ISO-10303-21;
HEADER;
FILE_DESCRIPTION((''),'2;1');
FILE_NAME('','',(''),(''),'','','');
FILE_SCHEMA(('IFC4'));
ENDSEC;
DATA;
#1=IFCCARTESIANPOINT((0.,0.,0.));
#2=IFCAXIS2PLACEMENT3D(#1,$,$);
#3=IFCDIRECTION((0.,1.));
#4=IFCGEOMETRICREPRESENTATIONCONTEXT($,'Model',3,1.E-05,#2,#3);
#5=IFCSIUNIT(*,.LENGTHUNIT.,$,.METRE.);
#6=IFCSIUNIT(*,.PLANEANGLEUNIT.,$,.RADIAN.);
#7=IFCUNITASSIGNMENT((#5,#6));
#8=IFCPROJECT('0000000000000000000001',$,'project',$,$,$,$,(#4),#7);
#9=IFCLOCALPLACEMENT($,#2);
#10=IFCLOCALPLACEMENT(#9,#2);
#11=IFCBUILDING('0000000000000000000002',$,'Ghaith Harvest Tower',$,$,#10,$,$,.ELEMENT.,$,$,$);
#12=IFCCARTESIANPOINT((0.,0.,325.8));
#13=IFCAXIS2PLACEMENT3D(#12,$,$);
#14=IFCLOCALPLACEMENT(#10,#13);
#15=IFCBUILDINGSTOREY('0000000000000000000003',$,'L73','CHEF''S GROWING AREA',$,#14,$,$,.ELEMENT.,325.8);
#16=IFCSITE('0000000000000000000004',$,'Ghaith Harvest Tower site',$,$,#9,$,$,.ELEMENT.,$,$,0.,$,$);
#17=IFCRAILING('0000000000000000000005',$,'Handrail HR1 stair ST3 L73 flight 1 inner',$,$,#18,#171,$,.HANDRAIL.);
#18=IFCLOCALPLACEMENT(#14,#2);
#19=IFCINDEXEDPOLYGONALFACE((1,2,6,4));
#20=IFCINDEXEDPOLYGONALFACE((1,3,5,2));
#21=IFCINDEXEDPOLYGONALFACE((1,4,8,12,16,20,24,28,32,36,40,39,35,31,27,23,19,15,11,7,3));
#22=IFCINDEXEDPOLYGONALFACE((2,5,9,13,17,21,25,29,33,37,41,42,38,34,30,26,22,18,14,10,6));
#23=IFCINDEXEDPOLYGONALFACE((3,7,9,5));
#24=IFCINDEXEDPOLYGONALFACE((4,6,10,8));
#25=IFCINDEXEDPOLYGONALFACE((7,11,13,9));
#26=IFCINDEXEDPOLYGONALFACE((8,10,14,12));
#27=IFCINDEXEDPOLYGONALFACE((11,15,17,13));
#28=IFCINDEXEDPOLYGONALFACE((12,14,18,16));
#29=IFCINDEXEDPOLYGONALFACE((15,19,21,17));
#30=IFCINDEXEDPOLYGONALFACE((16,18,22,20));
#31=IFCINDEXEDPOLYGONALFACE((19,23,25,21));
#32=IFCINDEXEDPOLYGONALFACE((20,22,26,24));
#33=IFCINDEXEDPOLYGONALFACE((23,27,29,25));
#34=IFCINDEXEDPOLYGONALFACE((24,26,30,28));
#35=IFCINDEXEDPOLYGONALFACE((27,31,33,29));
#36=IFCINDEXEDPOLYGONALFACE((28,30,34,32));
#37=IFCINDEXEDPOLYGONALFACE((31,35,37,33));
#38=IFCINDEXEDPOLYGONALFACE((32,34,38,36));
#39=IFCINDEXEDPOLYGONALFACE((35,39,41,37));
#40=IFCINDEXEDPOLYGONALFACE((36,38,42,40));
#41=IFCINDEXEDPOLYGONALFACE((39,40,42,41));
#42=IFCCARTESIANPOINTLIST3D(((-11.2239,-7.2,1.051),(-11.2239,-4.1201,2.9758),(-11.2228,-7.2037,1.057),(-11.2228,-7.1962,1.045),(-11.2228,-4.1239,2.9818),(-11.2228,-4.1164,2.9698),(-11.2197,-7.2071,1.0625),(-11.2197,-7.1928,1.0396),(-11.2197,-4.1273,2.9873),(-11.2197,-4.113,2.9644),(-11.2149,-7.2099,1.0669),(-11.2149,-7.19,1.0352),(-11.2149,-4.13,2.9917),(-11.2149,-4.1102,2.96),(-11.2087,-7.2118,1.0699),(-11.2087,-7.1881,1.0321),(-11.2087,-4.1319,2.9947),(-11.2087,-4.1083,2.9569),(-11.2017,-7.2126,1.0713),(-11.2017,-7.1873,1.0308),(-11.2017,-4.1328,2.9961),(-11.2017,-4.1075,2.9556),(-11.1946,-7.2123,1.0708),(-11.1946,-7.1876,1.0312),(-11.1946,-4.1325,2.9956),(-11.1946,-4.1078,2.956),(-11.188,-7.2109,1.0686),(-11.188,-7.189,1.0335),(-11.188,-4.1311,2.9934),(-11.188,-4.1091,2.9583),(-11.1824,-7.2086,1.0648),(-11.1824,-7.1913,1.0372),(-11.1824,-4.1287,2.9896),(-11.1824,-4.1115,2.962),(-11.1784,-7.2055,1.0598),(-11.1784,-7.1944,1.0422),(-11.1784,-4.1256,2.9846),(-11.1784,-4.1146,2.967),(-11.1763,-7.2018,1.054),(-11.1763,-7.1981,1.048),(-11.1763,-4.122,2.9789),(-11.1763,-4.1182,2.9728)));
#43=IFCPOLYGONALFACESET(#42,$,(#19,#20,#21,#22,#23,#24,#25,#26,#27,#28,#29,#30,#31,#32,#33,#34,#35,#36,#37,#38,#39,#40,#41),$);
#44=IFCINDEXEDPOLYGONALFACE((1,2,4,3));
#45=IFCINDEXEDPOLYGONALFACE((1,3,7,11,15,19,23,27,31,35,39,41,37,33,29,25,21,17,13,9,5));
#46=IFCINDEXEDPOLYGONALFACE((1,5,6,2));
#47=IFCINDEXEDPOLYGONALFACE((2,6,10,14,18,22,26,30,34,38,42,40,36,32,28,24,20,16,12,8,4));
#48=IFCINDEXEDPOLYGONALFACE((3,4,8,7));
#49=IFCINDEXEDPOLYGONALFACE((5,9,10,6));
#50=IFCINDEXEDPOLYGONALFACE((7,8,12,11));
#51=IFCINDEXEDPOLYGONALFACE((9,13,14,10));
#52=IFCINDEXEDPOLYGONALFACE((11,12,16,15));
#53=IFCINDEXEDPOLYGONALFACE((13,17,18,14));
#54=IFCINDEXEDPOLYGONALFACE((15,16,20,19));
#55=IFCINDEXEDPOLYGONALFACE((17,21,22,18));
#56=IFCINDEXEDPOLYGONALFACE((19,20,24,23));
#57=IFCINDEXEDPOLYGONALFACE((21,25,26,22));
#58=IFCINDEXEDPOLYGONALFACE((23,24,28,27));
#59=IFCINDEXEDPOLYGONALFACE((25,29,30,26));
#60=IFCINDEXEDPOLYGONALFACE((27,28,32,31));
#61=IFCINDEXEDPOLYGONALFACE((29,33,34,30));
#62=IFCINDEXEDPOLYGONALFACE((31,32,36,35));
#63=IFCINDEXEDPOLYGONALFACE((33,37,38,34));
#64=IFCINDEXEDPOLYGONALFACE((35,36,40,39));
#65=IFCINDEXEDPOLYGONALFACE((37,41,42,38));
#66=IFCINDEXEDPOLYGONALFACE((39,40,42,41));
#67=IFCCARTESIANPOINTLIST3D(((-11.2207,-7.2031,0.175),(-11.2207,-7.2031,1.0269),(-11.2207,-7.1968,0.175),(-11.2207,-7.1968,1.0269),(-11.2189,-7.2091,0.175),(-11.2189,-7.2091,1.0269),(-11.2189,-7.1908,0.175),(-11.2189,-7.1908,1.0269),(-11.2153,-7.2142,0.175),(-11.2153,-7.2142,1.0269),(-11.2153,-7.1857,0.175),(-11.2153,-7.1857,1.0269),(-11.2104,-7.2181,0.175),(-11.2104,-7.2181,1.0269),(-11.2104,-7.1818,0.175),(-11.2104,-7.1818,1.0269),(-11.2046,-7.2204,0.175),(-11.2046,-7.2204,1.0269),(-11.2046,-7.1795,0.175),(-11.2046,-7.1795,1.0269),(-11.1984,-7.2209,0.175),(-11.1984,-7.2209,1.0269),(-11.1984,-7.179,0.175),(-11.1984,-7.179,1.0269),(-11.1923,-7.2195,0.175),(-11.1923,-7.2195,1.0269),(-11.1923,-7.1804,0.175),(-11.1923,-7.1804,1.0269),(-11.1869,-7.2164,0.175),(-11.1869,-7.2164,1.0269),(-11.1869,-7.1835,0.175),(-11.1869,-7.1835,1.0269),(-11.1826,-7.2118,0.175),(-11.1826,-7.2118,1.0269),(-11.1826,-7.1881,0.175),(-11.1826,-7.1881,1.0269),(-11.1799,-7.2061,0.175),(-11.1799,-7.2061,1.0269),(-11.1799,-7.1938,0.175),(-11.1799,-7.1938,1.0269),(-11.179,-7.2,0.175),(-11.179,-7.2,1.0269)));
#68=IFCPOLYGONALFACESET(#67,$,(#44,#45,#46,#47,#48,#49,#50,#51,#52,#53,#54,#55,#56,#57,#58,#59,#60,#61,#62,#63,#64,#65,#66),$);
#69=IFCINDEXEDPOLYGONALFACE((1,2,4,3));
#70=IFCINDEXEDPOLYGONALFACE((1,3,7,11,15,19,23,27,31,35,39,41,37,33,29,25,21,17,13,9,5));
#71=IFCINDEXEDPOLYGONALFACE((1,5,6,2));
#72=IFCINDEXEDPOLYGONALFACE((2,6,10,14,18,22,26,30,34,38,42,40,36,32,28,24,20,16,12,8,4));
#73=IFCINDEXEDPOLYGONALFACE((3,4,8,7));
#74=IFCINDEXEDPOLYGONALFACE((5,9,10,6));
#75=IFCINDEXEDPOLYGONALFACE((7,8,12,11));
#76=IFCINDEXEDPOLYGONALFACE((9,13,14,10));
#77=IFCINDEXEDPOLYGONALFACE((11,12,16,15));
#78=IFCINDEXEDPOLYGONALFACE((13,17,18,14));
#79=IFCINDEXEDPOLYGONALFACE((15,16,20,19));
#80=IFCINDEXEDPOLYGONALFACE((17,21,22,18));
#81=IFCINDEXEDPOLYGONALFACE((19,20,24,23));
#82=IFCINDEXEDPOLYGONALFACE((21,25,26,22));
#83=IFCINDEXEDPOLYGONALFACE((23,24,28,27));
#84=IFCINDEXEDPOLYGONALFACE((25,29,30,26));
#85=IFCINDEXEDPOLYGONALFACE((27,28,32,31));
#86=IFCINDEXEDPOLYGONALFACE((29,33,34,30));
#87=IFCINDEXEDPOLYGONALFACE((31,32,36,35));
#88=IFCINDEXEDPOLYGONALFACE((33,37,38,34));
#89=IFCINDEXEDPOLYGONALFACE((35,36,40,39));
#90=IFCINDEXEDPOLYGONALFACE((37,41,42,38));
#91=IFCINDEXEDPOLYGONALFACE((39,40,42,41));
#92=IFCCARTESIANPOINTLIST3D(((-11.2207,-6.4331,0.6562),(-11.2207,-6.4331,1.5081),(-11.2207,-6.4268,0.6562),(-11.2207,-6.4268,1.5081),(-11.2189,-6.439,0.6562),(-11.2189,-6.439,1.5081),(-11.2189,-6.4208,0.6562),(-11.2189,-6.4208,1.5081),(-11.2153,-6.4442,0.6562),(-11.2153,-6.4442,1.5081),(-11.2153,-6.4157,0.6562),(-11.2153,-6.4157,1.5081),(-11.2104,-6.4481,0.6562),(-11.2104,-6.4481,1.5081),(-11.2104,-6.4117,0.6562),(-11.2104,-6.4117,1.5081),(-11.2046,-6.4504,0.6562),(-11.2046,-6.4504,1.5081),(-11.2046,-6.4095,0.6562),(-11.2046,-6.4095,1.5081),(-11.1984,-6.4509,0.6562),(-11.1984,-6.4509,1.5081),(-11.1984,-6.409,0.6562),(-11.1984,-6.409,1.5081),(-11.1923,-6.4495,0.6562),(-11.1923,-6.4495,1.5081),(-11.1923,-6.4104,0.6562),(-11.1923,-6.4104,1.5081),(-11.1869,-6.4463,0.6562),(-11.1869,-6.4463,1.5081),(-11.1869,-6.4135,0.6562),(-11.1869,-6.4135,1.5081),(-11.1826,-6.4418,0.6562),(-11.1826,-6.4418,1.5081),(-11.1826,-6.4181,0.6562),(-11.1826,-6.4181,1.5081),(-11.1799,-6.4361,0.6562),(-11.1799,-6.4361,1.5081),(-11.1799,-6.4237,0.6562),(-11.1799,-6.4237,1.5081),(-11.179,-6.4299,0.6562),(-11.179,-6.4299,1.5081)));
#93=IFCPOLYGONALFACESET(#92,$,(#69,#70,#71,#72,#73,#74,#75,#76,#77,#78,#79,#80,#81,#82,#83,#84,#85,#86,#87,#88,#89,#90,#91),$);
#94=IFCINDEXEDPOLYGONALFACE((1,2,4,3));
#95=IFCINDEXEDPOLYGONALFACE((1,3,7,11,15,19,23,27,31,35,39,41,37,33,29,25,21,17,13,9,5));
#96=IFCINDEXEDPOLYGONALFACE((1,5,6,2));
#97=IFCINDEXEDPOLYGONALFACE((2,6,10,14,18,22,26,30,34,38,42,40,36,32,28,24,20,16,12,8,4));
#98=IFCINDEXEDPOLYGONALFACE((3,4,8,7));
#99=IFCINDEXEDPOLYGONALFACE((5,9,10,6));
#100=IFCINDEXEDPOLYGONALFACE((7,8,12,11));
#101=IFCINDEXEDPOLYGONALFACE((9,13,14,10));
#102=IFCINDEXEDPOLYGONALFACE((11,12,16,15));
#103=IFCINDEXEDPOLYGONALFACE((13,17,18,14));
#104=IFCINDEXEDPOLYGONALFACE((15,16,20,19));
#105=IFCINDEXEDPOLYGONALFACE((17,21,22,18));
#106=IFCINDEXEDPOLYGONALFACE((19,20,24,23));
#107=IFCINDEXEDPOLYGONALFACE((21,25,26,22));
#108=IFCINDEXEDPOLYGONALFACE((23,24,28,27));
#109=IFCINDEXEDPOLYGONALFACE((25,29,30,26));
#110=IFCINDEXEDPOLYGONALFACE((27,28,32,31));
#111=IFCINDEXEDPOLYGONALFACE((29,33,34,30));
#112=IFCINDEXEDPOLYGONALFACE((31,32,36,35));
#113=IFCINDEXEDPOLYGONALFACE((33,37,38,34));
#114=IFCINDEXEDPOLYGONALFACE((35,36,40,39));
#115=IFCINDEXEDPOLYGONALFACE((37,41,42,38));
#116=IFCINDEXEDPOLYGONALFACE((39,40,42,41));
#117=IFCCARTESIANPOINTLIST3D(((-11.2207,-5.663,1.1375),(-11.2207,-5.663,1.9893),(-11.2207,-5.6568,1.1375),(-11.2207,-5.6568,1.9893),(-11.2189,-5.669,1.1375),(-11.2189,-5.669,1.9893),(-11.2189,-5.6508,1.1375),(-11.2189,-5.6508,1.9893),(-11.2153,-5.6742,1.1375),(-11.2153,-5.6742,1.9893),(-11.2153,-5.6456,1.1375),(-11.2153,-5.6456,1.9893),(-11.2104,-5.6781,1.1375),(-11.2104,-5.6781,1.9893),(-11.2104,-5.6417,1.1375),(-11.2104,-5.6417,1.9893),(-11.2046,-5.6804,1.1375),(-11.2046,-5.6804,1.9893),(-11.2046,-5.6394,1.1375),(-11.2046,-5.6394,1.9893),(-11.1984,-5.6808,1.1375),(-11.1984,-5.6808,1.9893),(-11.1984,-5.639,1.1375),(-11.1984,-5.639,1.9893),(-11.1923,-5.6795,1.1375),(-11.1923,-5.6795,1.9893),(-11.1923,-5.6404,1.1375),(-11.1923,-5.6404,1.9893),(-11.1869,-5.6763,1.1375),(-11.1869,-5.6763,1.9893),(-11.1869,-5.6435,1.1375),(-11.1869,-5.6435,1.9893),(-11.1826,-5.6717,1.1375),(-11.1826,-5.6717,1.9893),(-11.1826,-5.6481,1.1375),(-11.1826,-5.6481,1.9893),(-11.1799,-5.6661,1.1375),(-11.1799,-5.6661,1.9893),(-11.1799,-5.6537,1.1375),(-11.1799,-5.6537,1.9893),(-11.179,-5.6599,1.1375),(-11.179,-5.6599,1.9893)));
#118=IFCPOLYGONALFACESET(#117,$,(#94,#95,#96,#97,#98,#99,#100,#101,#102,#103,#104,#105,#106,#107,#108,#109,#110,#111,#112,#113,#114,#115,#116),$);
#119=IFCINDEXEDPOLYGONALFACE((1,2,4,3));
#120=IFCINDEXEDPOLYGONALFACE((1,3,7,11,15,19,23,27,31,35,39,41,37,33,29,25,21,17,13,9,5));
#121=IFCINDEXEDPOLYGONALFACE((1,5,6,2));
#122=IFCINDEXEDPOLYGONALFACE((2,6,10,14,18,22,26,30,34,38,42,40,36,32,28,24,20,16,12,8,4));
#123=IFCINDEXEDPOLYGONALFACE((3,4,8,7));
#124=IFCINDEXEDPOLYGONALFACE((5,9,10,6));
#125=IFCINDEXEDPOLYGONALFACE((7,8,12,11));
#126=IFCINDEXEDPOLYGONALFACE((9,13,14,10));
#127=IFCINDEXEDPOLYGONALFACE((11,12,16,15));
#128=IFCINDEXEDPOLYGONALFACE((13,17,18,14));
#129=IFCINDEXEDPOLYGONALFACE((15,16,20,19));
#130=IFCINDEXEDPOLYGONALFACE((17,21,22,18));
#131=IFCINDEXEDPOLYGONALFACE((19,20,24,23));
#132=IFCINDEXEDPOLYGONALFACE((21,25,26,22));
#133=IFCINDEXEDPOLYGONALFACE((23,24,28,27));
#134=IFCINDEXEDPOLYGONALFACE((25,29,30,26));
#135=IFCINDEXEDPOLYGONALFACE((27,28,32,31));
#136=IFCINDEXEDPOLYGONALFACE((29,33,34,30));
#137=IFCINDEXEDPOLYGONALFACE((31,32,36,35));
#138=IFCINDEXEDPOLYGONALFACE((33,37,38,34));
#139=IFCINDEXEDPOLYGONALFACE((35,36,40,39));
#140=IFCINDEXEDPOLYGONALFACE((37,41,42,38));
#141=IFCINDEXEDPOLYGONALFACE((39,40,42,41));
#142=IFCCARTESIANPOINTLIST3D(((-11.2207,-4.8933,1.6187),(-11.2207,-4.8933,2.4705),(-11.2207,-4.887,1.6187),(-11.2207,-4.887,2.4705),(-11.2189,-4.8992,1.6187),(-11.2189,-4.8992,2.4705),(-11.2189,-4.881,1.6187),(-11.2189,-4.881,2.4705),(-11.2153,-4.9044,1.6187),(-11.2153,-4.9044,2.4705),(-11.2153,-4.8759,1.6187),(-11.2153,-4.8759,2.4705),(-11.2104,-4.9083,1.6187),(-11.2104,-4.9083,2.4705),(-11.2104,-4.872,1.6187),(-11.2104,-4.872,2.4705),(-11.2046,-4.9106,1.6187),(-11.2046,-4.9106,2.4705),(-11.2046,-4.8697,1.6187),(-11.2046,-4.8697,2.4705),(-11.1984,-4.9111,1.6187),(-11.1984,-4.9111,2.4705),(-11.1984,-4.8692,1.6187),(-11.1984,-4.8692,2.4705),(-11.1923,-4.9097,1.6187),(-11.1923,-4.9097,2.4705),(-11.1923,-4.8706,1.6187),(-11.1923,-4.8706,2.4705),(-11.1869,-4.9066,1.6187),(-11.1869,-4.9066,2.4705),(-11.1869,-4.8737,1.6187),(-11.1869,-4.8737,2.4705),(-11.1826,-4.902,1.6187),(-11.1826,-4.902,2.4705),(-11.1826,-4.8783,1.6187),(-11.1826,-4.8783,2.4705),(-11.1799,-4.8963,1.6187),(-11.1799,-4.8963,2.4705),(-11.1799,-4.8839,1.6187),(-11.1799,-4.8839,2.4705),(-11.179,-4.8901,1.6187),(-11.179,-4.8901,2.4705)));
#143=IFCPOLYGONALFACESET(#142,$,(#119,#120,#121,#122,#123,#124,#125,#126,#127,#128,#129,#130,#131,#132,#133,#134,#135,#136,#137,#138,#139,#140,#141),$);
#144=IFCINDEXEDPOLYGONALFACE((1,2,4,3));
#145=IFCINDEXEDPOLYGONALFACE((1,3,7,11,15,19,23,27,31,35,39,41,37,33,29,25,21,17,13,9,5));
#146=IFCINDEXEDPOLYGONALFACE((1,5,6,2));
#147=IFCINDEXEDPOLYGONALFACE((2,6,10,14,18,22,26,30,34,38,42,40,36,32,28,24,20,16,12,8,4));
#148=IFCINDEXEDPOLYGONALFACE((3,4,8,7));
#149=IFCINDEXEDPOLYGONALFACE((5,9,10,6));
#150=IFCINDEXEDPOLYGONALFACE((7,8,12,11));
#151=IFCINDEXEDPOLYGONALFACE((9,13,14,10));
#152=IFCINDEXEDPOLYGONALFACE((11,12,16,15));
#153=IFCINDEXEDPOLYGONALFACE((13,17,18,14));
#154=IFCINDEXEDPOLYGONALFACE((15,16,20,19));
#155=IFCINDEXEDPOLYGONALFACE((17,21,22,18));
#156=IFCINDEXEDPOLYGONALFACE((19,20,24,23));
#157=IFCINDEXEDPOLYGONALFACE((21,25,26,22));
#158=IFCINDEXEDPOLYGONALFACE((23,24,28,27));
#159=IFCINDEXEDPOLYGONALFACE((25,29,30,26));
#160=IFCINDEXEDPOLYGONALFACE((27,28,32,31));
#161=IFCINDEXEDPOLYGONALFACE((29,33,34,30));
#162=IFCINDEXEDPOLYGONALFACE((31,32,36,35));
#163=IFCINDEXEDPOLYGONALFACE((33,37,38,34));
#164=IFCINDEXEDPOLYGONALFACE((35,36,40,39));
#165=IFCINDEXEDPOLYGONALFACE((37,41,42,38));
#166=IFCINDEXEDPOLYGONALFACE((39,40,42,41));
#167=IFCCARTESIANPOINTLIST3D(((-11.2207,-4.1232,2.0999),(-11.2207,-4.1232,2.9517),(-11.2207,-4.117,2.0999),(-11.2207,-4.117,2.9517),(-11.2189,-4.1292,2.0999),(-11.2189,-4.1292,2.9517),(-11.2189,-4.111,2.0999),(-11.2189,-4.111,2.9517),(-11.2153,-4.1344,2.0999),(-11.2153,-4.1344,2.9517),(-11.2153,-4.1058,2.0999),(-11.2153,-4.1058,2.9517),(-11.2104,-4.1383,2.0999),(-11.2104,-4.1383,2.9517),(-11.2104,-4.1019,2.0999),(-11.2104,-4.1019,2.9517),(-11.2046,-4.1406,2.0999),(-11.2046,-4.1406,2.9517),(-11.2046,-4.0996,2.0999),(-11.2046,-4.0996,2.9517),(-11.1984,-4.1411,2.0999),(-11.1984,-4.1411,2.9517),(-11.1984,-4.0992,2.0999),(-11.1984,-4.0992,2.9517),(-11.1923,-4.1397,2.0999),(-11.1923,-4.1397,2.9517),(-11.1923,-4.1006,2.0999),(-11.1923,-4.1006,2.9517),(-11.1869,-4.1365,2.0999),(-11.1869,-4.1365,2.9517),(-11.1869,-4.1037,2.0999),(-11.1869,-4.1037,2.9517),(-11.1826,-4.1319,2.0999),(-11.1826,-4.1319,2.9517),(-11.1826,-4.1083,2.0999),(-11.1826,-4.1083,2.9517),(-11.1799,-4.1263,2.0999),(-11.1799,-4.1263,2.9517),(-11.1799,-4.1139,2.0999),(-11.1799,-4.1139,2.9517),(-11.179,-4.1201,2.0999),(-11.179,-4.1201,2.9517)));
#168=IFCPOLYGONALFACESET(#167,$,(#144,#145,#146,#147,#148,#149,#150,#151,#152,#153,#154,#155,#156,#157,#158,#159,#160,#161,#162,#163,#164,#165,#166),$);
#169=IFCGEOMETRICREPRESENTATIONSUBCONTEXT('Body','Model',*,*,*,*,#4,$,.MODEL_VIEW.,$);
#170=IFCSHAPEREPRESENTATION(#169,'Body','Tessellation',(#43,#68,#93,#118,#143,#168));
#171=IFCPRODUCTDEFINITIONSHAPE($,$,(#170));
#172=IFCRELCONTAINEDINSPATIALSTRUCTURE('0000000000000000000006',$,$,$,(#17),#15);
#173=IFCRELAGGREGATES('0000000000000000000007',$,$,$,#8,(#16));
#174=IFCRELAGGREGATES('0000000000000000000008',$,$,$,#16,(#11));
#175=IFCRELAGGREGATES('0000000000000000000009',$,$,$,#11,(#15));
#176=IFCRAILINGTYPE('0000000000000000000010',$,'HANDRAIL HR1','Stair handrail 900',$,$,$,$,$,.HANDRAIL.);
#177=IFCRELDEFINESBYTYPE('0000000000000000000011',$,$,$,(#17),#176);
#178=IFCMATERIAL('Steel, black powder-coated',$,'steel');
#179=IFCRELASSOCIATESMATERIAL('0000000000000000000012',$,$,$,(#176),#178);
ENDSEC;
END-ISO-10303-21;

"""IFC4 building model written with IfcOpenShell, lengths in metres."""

from ifc_helpers import new_model, si_unit, direction, frame, origin, origin_2d, place, context, subcontext, project, spatial, circle, extrude, material, type_object, element, save


model = new_model("IFC4")

# Units and contexts
model_context = context("Model", 3, precision=1e-05, world=origin(), true_north=direction((0.0, 1.0)))
body_context = subcontext(model_context, "Body", "Model", "MODEL_VIEW")
ifc_project = project(units=[si_unit("LENGTHUNIT", "METRE"), si_unit("PLANEANGLEUNIT", "RADIAN")], contexts=[model_context])

# Site, building, storey
site_placement = place(None, origin())
site = spatial("IfcSite", under=ifc_project, at=site_placement, Name="Ghaith Harvest Tower site", CompositionType="ELEMENT", RefElevation=0.0)
building_placement = place(site_placement, origin())
building = spatial("IfcBuilding", under=site, at=building_placement, Name="Ghaith Harvest Tower", CompositionType="ELEMENT")
storey_placement = place(building_placement, frame((0.0, 0.0, 325.8)))
storey = spatial("IfcBuildingStorey", under=building, at=storey_placement, Name="L73", Description="CHEF'S GROWING AREA", CompositionType="ELEMENT", Elevation=325.8)

# Railing
ifc_material_1 = material(Name="Steel, black powder-coated", Category="steel")
railing_type = type_object("IfcRailingType", Name="HANDRAIL HR1", Description="Stair handrail 900", PredefinedType="HANDRAIL", material=ifc_material_1)
railing_1_placement = place(storey_placement, frame((-11.2, -7.2, 0.175)))
element("IfcRailing", 1, at=railing_1_placement, inside=storey, type_object=railing_type, Name="Handrail HR1 stair ST3 L73 flight 1 inner", PredefinedType="HANDRAIL", context=body_context, shape_type="SweptSolid", body=[
    extrude(circle(Radius=0.0239, at=origin_2d()), frame((0.0, 0.0, 0.876), z_axis=(0.0, 0.84801, 0.529981), x_axis=(-1.0, 0.0, 0.0)), (0.0, 0.0, 1.0), 3.6318),
    extrude(circle(Radius=0.021, at=origin_2d()), origin(), (0.0, 0.0, 1.0), 0.8518),
    extrude(circle(Radius=0.021, at=origin_2d()), frame((0.0, 0.77, 0.4812)), (0.0, 0.0, 1.0), 0.8518),
    extrude(circle(Radius=0.021, at=origin_2d()), frame((0.0, 1.54, 0.9624)), (0.0, 0.0, 1.0), 0.8518),
    extrude(circle(Radius=0.021, at=origin_2d()), frame((0.0, 2.3098, 1.4436)), (0.0, 0.0, 1.0), 0.8518),
    extrude(circle(Radius=0.021, at=origin_2d()), frame((0.0, 3.0798, 1.9248)), (0.0, 0.0, 1.0), 0.8518),
])

save(model, "model.ifc")
